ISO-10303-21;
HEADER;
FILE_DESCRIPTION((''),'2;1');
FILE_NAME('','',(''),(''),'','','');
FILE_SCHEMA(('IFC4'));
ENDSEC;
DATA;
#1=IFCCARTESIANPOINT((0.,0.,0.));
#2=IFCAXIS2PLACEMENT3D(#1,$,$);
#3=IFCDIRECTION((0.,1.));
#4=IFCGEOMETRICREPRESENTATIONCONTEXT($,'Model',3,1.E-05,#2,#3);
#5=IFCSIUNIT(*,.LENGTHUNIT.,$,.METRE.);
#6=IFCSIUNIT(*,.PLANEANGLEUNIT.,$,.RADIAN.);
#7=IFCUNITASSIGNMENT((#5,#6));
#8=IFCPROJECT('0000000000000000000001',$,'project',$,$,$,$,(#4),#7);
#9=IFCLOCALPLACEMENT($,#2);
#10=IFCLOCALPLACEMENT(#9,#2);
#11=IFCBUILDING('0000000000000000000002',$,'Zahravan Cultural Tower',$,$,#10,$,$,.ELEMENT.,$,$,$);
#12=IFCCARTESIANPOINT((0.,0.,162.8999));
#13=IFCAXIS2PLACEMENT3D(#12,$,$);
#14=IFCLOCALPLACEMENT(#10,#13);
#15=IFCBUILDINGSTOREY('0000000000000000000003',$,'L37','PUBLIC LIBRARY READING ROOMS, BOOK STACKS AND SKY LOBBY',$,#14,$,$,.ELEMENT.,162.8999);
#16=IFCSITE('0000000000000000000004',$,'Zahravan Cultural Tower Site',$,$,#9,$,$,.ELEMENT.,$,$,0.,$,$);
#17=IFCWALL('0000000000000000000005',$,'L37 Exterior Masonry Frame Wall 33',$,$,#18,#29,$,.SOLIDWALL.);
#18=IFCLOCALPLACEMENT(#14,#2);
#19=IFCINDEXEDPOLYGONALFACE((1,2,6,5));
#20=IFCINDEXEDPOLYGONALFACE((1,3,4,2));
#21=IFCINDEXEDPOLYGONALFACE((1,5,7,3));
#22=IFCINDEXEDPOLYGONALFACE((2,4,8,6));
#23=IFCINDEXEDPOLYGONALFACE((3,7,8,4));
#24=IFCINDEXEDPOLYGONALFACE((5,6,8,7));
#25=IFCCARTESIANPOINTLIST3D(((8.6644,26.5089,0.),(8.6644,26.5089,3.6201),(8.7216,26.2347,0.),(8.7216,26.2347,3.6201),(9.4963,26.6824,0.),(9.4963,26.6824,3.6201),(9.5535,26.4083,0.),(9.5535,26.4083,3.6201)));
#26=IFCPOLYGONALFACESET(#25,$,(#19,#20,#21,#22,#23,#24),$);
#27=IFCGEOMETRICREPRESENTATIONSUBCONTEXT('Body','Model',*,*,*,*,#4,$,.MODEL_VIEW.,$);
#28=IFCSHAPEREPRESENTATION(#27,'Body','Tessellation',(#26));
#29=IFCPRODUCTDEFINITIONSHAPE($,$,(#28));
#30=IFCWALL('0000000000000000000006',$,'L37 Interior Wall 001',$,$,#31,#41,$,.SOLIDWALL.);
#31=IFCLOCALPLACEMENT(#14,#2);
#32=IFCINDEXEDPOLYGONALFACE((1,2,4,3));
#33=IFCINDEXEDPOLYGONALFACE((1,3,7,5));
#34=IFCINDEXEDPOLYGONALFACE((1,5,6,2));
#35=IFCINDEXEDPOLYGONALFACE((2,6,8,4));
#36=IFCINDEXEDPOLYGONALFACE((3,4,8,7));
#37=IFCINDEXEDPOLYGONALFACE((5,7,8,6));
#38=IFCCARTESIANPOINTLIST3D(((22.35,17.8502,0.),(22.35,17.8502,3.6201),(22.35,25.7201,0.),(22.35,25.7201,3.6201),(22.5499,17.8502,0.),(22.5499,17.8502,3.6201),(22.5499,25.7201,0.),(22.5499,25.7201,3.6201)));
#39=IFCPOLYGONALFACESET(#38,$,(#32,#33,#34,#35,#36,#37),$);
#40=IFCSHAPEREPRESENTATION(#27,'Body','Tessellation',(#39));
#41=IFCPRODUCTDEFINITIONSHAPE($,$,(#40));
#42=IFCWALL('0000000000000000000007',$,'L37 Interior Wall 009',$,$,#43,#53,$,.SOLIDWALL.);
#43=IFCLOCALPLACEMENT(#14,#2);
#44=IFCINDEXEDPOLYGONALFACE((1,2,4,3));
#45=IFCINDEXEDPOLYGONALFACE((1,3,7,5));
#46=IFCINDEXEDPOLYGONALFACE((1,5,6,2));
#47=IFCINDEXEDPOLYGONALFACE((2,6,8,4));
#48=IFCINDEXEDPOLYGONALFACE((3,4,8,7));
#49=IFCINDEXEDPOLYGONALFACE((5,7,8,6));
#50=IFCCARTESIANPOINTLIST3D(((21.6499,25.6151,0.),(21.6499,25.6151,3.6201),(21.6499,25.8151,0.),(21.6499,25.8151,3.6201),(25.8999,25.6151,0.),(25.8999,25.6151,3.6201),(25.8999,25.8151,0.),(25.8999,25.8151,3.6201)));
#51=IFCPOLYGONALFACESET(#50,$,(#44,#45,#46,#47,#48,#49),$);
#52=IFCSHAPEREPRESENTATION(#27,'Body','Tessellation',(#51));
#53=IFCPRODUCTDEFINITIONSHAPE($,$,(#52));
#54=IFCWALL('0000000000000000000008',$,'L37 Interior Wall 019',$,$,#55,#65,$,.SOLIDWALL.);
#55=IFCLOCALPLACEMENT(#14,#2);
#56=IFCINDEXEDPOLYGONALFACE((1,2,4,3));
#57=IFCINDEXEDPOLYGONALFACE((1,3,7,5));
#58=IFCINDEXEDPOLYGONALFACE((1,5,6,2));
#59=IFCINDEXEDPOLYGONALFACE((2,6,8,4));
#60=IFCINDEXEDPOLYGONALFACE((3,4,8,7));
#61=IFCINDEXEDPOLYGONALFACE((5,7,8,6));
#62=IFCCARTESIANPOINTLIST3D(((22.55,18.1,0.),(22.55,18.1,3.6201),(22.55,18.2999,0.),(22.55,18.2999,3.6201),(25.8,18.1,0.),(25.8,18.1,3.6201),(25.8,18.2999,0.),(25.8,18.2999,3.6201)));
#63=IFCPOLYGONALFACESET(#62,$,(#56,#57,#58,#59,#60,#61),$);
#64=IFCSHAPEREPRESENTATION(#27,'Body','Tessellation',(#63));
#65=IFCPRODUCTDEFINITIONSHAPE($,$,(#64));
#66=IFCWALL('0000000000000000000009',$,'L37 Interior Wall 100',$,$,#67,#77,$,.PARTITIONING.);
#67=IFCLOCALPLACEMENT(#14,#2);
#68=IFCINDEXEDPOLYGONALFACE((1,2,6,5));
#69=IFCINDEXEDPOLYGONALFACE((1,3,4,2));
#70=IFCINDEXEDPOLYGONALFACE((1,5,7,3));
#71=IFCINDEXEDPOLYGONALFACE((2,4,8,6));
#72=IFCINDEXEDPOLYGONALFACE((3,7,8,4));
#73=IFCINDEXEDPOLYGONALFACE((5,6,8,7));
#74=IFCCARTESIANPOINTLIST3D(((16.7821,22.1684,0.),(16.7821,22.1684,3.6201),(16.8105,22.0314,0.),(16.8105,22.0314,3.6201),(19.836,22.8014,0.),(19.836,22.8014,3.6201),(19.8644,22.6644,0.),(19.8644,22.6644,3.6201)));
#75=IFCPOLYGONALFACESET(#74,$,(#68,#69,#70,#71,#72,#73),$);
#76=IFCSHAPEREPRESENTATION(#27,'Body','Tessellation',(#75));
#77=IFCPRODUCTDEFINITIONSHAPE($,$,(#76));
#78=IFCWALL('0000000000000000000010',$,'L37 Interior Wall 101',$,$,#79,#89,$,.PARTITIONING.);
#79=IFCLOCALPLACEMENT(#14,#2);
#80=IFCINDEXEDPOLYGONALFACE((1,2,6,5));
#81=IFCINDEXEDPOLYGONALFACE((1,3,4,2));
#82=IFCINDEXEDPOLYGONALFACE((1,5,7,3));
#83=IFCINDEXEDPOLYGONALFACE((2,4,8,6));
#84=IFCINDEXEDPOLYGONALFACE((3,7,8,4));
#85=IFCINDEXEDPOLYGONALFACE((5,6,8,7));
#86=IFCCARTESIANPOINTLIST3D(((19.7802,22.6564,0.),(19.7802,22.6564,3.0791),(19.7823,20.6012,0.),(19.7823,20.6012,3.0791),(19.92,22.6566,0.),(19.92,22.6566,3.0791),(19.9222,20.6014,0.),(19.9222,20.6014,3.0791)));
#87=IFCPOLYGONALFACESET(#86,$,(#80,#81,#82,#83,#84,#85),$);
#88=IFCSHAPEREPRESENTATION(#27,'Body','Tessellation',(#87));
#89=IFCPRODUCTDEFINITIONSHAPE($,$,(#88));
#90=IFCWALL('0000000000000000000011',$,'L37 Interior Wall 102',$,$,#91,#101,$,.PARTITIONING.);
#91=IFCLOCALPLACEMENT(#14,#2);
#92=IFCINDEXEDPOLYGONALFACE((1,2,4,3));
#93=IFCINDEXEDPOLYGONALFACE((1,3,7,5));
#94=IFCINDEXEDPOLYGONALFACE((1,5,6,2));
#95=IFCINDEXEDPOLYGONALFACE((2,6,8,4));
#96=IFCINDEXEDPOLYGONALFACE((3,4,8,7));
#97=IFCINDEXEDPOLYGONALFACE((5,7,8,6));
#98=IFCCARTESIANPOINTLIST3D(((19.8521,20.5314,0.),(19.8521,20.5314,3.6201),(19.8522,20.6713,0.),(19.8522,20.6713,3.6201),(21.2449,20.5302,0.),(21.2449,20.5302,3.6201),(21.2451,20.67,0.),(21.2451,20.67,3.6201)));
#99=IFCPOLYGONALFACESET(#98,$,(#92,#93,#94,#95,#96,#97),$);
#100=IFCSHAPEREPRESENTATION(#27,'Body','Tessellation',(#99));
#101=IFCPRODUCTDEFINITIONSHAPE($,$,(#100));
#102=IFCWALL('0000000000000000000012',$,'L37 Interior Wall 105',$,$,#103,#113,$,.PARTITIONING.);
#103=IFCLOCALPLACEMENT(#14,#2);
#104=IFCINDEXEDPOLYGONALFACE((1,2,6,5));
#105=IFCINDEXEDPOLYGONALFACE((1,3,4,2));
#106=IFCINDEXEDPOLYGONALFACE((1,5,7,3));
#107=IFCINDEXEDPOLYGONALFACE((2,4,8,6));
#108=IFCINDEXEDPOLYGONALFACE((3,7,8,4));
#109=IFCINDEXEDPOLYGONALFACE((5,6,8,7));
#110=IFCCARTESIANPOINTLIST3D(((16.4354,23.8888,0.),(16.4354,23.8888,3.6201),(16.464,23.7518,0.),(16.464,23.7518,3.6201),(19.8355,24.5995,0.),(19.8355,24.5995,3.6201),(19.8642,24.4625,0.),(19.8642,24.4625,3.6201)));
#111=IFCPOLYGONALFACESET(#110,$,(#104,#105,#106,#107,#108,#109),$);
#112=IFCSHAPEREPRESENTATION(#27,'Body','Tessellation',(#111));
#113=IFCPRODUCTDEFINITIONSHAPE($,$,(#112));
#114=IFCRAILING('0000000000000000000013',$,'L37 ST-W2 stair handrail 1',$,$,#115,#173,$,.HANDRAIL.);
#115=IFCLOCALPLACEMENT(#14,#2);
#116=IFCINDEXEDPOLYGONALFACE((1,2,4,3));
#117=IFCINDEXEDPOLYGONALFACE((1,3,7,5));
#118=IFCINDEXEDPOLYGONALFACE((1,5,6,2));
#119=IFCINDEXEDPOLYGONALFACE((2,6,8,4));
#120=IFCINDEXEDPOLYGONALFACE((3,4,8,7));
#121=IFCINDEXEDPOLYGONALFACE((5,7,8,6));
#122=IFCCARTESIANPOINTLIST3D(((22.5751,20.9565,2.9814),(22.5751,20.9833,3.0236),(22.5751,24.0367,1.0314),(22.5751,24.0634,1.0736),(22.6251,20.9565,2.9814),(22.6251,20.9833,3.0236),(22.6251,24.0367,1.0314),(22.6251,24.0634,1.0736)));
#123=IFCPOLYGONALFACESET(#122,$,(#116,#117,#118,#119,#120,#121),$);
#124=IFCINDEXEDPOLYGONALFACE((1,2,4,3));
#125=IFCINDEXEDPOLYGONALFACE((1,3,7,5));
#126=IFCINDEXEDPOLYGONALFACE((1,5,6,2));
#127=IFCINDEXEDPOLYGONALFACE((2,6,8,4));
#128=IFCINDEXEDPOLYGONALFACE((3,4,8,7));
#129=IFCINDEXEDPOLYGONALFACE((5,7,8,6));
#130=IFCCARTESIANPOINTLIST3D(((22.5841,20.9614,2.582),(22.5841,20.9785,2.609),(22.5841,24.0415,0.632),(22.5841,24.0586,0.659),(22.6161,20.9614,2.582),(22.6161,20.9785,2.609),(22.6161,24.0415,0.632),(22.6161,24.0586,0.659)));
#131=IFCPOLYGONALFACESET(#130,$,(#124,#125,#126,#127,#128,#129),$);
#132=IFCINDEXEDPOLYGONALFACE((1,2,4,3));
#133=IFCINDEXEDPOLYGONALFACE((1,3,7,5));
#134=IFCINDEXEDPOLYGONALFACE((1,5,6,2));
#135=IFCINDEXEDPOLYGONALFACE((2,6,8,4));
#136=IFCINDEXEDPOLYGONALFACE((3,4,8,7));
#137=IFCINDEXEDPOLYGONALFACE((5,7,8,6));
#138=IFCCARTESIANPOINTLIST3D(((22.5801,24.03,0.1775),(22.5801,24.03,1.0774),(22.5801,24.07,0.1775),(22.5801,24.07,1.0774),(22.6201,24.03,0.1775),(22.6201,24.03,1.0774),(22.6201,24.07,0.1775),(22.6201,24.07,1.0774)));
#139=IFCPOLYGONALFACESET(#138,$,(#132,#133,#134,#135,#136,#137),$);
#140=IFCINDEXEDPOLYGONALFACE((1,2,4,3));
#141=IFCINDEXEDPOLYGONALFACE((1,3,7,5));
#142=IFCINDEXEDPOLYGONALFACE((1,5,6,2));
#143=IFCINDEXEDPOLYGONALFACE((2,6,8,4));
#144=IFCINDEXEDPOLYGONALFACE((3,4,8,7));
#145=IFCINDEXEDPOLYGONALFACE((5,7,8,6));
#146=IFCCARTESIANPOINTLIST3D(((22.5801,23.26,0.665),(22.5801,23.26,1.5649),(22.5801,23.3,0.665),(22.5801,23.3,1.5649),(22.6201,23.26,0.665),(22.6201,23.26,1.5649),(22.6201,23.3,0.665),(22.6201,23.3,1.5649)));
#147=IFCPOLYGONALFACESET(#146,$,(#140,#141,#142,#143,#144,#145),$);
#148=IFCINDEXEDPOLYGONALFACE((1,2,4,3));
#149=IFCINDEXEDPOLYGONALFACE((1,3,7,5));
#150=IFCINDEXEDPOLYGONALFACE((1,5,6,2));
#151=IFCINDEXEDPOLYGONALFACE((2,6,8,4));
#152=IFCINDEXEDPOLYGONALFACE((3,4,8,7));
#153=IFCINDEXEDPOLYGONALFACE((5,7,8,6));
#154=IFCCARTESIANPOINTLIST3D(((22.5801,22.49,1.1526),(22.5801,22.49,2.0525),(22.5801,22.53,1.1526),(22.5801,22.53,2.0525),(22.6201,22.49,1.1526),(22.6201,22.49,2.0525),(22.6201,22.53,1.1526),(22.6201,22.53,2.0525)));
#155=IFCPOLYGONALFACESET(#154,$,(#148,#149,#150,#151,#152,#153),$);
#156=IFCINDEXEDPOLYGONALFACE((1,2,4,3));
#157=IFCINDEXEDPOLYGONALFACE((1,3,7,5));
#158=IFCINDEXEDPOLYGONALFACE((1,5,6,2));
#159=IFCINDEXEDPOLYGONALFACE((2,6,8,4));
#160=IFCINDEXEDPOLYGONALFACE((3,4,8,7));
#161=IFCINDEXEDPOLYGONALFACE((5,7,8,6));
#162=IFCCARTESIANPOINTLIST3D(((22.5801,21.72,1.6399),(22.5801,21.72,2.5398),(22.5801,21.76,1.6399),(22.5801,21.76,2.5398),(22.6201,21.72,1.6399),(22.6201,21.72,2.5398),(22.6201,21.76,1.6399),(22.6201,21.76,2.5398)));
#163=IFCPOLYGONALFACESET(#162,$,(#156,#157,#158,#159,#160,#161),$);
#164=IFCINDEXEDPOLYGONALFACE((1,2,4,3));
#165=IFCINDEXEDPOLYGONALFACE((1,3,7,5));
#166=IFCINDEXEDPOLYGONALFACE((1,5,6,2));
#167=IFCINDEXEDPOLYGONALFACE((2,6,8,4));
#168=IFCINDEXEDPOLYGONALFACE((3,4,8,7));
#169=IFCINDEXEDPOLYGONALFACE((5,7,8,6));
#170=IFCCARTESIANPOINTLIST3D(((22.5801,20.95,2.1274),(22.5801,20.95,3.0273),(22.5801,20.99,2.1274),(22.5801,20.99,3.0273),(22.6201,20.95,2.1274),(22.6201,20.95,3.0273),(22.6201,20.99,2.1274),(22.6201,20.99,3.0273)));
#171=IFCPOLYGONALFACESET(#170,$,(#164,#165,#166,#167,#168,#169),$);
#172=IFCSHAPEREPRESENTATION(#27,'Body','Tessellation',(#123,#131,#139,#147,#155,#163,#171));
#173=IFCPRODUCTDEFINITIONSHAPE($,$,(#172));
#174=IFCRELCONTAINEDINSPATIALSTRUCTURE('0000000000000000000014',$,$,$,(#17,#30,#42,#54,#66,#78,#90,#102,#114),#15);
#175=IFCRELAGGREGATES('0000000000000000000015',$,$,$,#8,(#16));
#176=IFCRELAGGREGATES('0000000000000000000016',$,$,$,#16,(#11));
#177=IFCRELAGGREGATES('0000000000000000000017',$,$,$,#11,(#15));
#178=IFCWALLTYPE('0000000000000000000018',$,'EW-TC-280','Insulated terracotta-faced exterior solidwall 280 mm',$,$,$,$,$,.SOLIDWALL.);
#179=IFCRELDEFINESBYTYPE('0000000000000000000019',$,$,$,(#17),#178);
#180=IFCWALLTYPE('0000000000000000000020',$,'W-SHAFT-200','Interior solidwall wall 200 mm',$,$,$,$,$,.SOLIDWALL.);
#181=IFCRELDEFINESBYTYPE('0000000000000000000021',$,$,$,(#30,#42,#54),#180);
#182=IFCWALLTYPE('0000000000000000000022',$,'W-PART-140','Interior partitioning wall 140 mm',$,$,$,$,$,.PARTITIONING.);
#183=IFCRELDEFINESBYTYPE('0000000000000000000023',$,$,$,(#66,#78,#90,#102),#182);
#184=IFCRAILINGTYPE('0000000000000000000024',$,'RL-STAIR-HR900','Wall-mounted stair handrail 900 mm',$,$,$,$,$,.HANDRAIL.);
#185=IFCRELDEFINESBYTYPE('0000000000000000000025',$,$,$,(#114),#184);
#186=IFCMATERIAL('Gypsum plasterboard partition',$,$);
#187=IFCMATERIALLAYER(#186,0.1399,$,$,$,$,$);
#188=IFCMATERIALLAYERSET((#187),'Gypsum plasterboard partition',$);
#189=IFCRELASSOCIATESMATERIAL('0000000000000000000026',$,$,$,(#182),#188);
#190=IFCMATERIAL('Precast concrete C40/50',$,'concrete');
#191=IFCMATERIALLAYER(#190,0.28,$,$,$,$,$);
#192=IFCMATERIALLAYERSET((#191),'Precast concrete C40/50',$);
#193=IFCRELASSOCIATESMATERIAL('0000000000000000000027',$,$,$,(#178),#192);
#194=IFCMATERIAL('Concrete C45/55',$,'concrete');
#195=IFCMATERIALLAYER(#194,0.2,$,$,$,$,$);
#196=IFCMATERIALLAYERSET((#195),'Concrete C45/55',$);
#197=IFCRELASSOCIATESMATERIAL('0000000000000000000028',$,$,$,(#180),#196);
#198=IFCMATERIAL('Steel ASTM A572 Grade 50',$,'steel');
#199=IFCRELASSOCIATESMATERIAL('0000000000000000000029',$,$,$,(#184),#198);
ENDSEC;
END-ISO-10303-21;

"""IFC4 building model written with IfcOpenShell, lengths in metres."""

from ifc_helpers import new_model, si_unit, direction, frame, frame_2d, origin, origin_2d, place, context, subcontext, project, spatial, rectangle, extrude, source, transform, mapped, material, layer, layer_set, type_object, element, save


model = new_model("IFC4")

# Units and contexts
model_context = context("Model", 3, precision=1e-05, world=origin(), true_north=direction((0.0, 1.0)))
body_context = subcontext(model_context, "Body", "Model", "MODEL_VIEW")
ifc_project = project(units=[si_unit("LENGTHUNIT", "METRE"), si_unit("PLANEANGLEUNIT", "RADIAN")], contexts=[model_context])

# Site, building, storey
site_placement = place(None, origin())
site = spatial("IfcSite", under=ifc_project, at=site_placement, Name="Zahravan Cultural Tower Site", CompositionType="ELEMENT", RefElevation=0.0)
building_placement = place(site_placement, origin())
building = spatial("IfcBuilding", under=site, at=building_placement, Name="Zahravan Cultural Tower", CompositionType="ELEMENT")
storey_placement = place(building_placement, frame((0.0, 0.0, 162.8999)))
storey = spatial("IfcBuildingStorey", under=building, at=storey_placement, Name="L37", Description="PUBLIC LIBRARY READING ROOMS, BOOK STACKS AND SKY LOBBY", CompositionType="ELEMENT", Elevation=162.8999)

# Shared definitions
ifc_material_1 = material(Name="Gypsum plasterboard partition")
ifc_layer_1 = layer(ifc_material_1, 0.1399)
ifc_layer_set_1 = layer_set([ifc_layer_1], Name="Gypsum plasterboard partition")
wall_type_1 = type_object("IfcWallType", Name="W-PART-140", Description="Interior partitioning wall 140 mm", PredefinedType="PARTITIONING", material=ifc_layer_set_1)

# Walls
ifc_material_2 = material(Name="Precast concrete C40/50", Category="concrete")
ifc_layer_2 = layer(ifc_material_2, 0.28)
ifc_layer_set_2 = layer_set([ifc_layer_2], Name="Precast concrete C40/50")
wall_type_2 = type_object("IfcWallType", Name="EW-TC-280", Description="Insulated terracotta-faced exterior solidwall 280 mm", PredefinedType="SOLIDWALL", material=ifc_layer_set_2)
shared_shape_1 = source(origin(), body_context, "Body", "SweptSolid", [
    extrude(rectangle(XDim=0.8499, YDim=0.28, at=frame_2d((0.4248, 0.0))), origin(), (0.0, 0.0, 1.0), 3.6201),
])
wall_1_placement = place(storey_placement, frame((8.6931, 26.3718, 0.0), z_axis=(0.0, 0.0, 1.0), x_axis=(0.978923, 0.20423, 0.0)))
element("IfcWall", 1, at=wall_1_placement, inside=storey, type_object=wall_type_2, Name="L37 Exterior Masonry Frame Wall 33", PredefinedType="SOLIDWALL", context=body_context, shape_type="MappedRepresentation", body=[
    mapped(shared_shape_1, transform((0.0, 0.0, 0.0), x_axis=(1.0, 0.0, 0.0), y_axis=(0.0, 1.0, 0.0), z_axis=(0.0, 0.0, 1.0), scale=1.0)),
])
ifc_material_3 = material(Name="Concrete C45/55", Category="concrete")
ifc_layer_3 = layer(ifc_material_3, 0.2)
ifc_layer_set_3 = layer_set([ifc_layer_3], Name="Concrete C45/55")
wall_type_3 = type_object("IfcWallType", Name="W-SHAFT-200", Description="Interior solidwall wall 200 mm", PredefinedType="SOLIDWALL", material=ifc_layer_set_3)
shared_shape_2 = source(origin(), body_context, "Body", "SweptSolid", [
    extrude(rectangle(XDim=7.8699, YDim=0.2, at=frame_2d((3.9351, 0.0))), origin(), (0.0, 0.0, 1.0), 3.6201),
])
wall_2_placement = place(storey_placement, frame((22.45, 17.8501, 0.0), z_axis=(0.0, 0.0, 1.0), x_axis=(0.0, 1.0, 0.0)))
element("IfcWall", 2, at=wall_2_placement, inside=storey, type_object=wall_type_3, Name="L37 Interior Wall 001", PredefinedType="SOLIDWALL", context=body_context, shape_type="MappedRepresentation", body=[
    mapped(shared_shape_2, transform((0.0, 0.0, 0.0), x_axis=(1.0, 0.0, 0.0), y_axis=(0.0, 1.0, 0.0), z_axis=(0.0, 0.0, 1.0), scale=1.0)),
])
shared_shape_3 = source(origin(), body_context, "Body", "SweptSolid", [
    extrude(rectangle(XDim=4.25, YDim=0.2, at=frame_2d((2.125, 0.0))), origin(), (0.0, 0.0, 1.0), 3.6201),
])
wall_3_placement = place(storey_placement, frame((21.6499, 25.7151, 0.0), z_axis=(0.0, 0.0, 1.0), x_axis=(1.0, 0.0, 0.0)))
element("IfcWall", 3, at=wall_3_placement, inside=storey, type_object=wall_type_3, Name="L37 Interior Wall 009", PredefinedType="SOLIDWALL", context=body_context, shape_type="MappedRepresentation", body=[
    mapped(shared_shape_3, transform((0.0, 0.0, 0.0), x_axis=(1.0, 0.0, 0.0), y_axis=(0.0, 1.0, 0.0), z_axis=(0.0, 0.0, 1.0), scale=1.0)),
])
shared_shape_4 = source(origin(), body_context, "Body", "SweptSolid", [
    extrude(rectangle(XDim=3.25, YDim=0.2, at=frame_2d((1.625, 0.0))), origin(), (0.0, 0.0, 1.0), 3.6201),
])
wall_4_placement = place(storey_placement, frame((22.55, 18.2, 0.0), z_axis=(0.0, 0.0, 1.0), x_axis=(1.0, 0.0, 0.0)))
element("IfcWall", 4, at=wall_4_placement, inside=storey, type_object=wall_type_3, Name="L37 Interior Wall 019", PredefinedType="SOLIDWALL", context=body_context, shape_type="MappedRepresentation", body=[
    mapped(shared_shape_4, transform((0.0, 0.0, 0.0), x_axis=(1.0, 0.0, 0.0), y_axis=(0.0, 1.0, 0.0), z_axis=(0.0, 0.0, 1.0), scale=1.0)),
])
shared_shape_5 = source(origin(), body_context, "Body", "SweptSolid", [
    extrude(rectangle(XDim=3.1189, YDim=0.1399, at=frame_2d((1.5596, 0.0))), origin(), (0.0, 0.0, 1.0), 3.6201),
])
wall_5_placement = place(storey_placement, frame((16.7961, 22.0999, 0.0), z_axis=(0.0, 0.0, 1.0), x_axis=(0.979184, 0.202976, 0.0)))
element("IfcWall", 5, at=wall_5_placement, inside=storey, type_object=wall_type_1, Name="L37 Interior Wall 100", PredefinedType="PARTITIONING", context=body_context, shape_type="MappedRepresentation", body=[
    mapped(shared_shape_5, transform((0.0, 0.0, 0.0), x_axis=(1.0, 0.0, 0.0), y_axis=(0.0, 1.0, 0.0), z_axis=(0.0, 0.0, 1.0), scale=1.0)),
])
shared_shape_6 = source(origin(), body_context, "Body", "SweptSolid", [
    extrude(rectangle(XDim=2.0552, YDim=0.1399, at=frame_2d((1.0276, 0.0))), origin(), (0.0, 0.0, 1.0), 3.0791),
])
wall_6_placement = place(storey_placement, frame((19.8501, 22.6565, 0.0), z_axis=(0.0, 0.0, 1.0), x_axis=(0.001069, -0.999999, 0.0)))
element("IfcWall", 6, at=wall_6_placement, inside=storey, type_object=wall_type_1, Name="L37 Interior Wall 101", PredefinedType="PARTITIONING", context=body_context, shape_type="MappedRepresentation", body=[
    mapped(shared_shape_6, transform((0.0, 0.0, 0.0), x_axis=(1.0, 0.0, 0.0), y_axis=(0.0, 1.0, 0.0), z_axis=(0.0, 0.0, 1.0), scale=1.0)),
])
shared_shape_7 = source(origin(), body_context, "Body", "SweptSolid", [
    extrude(rectangle(XDim=1.3928, YDim=0.1399, at=frame_2d((0.6963, 0.0))), origin(), (0.0, 0.0, 1.0), 3.6201),
])
wall_7_placement = place(storey_placement, frame((19.8523, 20.6013, 0.0), z_axis=(0.0, 0.0, 1.0), x_axis=(1.0, -0.000876, 0.0)))
element("IfcWall", 7, at=wall_7_placement, inside=storey, type_object=wall_type_1, Name="L37 Interior Wall 102", PredefinedType="PARTITIONING", context=body_context, shape_type="MappedRepresentation", body=[
    mapped(shared_shape_7, transform((0.0, 0.0, 0.0), x_axis=(1.0, 0.0, 0.0), y_axis=(0.0, 1.0, 0.0), z_axis=(0.0, 0.0, 1.0), scale=1.0)),
])
shared_shape_8 = source(origin(), body_context, "Body", "SweptSolid", [
    extrude(rectangle(XDim=3.4736, YDim=0.1399, at=frame_2d((1.7368, 0.0))), origin(), (0.0, 0.0, 1.0), 3.6201),
])
wall_8_placement = place(storey_placement, frame((19.8499, 24.531, 0.0), z_axis=(0.0, 0.0, 1.0), x_axis=(-0.978846, -0.204597, 0.0)))
element("IfcWall", 8, at=wall_8_placement, inside=storey, type_object=wall_type_1, Name="L37 Interior Wall 105", PredefinedType="PARTITIONING", context=body_context, shape_type="MappedRepresentation", body=[
    mapped(shared_shape_8, transform((0.0, 0.0, 0.0), x_axis=(1.0, 0.0, 0.0), y_axis=(0.0, 1.0, 0.0), z_axis=(0.0, 0.0, 1.0), scale=1.0)),
])

# Railing
ifc_material_4 = material(Name="Steel ASTM A572 Grade 50", Category="steel")
railing_type = type_object("IfcRailingType", Name="RL-STAIR-HR900", Description="Wall-mounted stair handrail 900 mm", PredefinedType="HANDRAIL", material=ifc_material_4)
railing_placement = place(storey_placement, frame((22.6001, 24.05, 0.1775)))
element("IfcRailing", 9, at=railing_placement, inside=storey, type_object=railing_type, Name="L37 ST-W2 stair handrail 1", PredefinedType="HANDRAIL", context=body_context, shape_type="SweptSolid", body=[
    extrude(rectangle(XDim=0.05, YDim=0.05, at=origin_2d()), frame((0.0, 0.0, 0.875), z_axis=(0.0, -0.844914, 0.534902), x_axis=(1.0, 0.0, 0.0)), (0.0, 0.0, 1.0), 3.6455),
    extrude(rectangle(XDim=0.032, YDim=0.032, at=origin_2d()), frame((0.0, 0.0, 0.468), z_axis=(0.0, -0.844914, 0.534902), x_axis=(1.0, 0.0, 0.0)), (0.0, 0.0, 1.0), 3.6455),
    extrude(rectangle(XDim=0.04, YDim=0.04, at=origin_2d()), origin(), (0.0, 0.0, 1.0), 0.8999),
    extrude(rectangle(XDim=0.04, YDim=0.04, at=origin_2d()), frame((0.0, -0.77, 0.4875)), (0.0, 0.0, 1.0), 0.8999),
    extrude(rectangle(XDim=0.04, YDim=0.04, at=origin_2d()), frame((0.0, -1.54, 0.9751)), (0.0, 0.0, 1.0), 0.8999),
    extrude(rectangle(XDim=0.04, YDim=0.04, at=origin_2d()), frame((0.0, -2.3101, 1.4624)), (0.0, 0.0, 1.0), 0.8999),
    extrude(rectangle(XDim=0.04, YDim=0.04, at=origin_2d()), frame((0.0, -3.0801, 1.95)), (0.0, 0.0, 1.0), 0.8999),
])

save(model, "model.ifc")
